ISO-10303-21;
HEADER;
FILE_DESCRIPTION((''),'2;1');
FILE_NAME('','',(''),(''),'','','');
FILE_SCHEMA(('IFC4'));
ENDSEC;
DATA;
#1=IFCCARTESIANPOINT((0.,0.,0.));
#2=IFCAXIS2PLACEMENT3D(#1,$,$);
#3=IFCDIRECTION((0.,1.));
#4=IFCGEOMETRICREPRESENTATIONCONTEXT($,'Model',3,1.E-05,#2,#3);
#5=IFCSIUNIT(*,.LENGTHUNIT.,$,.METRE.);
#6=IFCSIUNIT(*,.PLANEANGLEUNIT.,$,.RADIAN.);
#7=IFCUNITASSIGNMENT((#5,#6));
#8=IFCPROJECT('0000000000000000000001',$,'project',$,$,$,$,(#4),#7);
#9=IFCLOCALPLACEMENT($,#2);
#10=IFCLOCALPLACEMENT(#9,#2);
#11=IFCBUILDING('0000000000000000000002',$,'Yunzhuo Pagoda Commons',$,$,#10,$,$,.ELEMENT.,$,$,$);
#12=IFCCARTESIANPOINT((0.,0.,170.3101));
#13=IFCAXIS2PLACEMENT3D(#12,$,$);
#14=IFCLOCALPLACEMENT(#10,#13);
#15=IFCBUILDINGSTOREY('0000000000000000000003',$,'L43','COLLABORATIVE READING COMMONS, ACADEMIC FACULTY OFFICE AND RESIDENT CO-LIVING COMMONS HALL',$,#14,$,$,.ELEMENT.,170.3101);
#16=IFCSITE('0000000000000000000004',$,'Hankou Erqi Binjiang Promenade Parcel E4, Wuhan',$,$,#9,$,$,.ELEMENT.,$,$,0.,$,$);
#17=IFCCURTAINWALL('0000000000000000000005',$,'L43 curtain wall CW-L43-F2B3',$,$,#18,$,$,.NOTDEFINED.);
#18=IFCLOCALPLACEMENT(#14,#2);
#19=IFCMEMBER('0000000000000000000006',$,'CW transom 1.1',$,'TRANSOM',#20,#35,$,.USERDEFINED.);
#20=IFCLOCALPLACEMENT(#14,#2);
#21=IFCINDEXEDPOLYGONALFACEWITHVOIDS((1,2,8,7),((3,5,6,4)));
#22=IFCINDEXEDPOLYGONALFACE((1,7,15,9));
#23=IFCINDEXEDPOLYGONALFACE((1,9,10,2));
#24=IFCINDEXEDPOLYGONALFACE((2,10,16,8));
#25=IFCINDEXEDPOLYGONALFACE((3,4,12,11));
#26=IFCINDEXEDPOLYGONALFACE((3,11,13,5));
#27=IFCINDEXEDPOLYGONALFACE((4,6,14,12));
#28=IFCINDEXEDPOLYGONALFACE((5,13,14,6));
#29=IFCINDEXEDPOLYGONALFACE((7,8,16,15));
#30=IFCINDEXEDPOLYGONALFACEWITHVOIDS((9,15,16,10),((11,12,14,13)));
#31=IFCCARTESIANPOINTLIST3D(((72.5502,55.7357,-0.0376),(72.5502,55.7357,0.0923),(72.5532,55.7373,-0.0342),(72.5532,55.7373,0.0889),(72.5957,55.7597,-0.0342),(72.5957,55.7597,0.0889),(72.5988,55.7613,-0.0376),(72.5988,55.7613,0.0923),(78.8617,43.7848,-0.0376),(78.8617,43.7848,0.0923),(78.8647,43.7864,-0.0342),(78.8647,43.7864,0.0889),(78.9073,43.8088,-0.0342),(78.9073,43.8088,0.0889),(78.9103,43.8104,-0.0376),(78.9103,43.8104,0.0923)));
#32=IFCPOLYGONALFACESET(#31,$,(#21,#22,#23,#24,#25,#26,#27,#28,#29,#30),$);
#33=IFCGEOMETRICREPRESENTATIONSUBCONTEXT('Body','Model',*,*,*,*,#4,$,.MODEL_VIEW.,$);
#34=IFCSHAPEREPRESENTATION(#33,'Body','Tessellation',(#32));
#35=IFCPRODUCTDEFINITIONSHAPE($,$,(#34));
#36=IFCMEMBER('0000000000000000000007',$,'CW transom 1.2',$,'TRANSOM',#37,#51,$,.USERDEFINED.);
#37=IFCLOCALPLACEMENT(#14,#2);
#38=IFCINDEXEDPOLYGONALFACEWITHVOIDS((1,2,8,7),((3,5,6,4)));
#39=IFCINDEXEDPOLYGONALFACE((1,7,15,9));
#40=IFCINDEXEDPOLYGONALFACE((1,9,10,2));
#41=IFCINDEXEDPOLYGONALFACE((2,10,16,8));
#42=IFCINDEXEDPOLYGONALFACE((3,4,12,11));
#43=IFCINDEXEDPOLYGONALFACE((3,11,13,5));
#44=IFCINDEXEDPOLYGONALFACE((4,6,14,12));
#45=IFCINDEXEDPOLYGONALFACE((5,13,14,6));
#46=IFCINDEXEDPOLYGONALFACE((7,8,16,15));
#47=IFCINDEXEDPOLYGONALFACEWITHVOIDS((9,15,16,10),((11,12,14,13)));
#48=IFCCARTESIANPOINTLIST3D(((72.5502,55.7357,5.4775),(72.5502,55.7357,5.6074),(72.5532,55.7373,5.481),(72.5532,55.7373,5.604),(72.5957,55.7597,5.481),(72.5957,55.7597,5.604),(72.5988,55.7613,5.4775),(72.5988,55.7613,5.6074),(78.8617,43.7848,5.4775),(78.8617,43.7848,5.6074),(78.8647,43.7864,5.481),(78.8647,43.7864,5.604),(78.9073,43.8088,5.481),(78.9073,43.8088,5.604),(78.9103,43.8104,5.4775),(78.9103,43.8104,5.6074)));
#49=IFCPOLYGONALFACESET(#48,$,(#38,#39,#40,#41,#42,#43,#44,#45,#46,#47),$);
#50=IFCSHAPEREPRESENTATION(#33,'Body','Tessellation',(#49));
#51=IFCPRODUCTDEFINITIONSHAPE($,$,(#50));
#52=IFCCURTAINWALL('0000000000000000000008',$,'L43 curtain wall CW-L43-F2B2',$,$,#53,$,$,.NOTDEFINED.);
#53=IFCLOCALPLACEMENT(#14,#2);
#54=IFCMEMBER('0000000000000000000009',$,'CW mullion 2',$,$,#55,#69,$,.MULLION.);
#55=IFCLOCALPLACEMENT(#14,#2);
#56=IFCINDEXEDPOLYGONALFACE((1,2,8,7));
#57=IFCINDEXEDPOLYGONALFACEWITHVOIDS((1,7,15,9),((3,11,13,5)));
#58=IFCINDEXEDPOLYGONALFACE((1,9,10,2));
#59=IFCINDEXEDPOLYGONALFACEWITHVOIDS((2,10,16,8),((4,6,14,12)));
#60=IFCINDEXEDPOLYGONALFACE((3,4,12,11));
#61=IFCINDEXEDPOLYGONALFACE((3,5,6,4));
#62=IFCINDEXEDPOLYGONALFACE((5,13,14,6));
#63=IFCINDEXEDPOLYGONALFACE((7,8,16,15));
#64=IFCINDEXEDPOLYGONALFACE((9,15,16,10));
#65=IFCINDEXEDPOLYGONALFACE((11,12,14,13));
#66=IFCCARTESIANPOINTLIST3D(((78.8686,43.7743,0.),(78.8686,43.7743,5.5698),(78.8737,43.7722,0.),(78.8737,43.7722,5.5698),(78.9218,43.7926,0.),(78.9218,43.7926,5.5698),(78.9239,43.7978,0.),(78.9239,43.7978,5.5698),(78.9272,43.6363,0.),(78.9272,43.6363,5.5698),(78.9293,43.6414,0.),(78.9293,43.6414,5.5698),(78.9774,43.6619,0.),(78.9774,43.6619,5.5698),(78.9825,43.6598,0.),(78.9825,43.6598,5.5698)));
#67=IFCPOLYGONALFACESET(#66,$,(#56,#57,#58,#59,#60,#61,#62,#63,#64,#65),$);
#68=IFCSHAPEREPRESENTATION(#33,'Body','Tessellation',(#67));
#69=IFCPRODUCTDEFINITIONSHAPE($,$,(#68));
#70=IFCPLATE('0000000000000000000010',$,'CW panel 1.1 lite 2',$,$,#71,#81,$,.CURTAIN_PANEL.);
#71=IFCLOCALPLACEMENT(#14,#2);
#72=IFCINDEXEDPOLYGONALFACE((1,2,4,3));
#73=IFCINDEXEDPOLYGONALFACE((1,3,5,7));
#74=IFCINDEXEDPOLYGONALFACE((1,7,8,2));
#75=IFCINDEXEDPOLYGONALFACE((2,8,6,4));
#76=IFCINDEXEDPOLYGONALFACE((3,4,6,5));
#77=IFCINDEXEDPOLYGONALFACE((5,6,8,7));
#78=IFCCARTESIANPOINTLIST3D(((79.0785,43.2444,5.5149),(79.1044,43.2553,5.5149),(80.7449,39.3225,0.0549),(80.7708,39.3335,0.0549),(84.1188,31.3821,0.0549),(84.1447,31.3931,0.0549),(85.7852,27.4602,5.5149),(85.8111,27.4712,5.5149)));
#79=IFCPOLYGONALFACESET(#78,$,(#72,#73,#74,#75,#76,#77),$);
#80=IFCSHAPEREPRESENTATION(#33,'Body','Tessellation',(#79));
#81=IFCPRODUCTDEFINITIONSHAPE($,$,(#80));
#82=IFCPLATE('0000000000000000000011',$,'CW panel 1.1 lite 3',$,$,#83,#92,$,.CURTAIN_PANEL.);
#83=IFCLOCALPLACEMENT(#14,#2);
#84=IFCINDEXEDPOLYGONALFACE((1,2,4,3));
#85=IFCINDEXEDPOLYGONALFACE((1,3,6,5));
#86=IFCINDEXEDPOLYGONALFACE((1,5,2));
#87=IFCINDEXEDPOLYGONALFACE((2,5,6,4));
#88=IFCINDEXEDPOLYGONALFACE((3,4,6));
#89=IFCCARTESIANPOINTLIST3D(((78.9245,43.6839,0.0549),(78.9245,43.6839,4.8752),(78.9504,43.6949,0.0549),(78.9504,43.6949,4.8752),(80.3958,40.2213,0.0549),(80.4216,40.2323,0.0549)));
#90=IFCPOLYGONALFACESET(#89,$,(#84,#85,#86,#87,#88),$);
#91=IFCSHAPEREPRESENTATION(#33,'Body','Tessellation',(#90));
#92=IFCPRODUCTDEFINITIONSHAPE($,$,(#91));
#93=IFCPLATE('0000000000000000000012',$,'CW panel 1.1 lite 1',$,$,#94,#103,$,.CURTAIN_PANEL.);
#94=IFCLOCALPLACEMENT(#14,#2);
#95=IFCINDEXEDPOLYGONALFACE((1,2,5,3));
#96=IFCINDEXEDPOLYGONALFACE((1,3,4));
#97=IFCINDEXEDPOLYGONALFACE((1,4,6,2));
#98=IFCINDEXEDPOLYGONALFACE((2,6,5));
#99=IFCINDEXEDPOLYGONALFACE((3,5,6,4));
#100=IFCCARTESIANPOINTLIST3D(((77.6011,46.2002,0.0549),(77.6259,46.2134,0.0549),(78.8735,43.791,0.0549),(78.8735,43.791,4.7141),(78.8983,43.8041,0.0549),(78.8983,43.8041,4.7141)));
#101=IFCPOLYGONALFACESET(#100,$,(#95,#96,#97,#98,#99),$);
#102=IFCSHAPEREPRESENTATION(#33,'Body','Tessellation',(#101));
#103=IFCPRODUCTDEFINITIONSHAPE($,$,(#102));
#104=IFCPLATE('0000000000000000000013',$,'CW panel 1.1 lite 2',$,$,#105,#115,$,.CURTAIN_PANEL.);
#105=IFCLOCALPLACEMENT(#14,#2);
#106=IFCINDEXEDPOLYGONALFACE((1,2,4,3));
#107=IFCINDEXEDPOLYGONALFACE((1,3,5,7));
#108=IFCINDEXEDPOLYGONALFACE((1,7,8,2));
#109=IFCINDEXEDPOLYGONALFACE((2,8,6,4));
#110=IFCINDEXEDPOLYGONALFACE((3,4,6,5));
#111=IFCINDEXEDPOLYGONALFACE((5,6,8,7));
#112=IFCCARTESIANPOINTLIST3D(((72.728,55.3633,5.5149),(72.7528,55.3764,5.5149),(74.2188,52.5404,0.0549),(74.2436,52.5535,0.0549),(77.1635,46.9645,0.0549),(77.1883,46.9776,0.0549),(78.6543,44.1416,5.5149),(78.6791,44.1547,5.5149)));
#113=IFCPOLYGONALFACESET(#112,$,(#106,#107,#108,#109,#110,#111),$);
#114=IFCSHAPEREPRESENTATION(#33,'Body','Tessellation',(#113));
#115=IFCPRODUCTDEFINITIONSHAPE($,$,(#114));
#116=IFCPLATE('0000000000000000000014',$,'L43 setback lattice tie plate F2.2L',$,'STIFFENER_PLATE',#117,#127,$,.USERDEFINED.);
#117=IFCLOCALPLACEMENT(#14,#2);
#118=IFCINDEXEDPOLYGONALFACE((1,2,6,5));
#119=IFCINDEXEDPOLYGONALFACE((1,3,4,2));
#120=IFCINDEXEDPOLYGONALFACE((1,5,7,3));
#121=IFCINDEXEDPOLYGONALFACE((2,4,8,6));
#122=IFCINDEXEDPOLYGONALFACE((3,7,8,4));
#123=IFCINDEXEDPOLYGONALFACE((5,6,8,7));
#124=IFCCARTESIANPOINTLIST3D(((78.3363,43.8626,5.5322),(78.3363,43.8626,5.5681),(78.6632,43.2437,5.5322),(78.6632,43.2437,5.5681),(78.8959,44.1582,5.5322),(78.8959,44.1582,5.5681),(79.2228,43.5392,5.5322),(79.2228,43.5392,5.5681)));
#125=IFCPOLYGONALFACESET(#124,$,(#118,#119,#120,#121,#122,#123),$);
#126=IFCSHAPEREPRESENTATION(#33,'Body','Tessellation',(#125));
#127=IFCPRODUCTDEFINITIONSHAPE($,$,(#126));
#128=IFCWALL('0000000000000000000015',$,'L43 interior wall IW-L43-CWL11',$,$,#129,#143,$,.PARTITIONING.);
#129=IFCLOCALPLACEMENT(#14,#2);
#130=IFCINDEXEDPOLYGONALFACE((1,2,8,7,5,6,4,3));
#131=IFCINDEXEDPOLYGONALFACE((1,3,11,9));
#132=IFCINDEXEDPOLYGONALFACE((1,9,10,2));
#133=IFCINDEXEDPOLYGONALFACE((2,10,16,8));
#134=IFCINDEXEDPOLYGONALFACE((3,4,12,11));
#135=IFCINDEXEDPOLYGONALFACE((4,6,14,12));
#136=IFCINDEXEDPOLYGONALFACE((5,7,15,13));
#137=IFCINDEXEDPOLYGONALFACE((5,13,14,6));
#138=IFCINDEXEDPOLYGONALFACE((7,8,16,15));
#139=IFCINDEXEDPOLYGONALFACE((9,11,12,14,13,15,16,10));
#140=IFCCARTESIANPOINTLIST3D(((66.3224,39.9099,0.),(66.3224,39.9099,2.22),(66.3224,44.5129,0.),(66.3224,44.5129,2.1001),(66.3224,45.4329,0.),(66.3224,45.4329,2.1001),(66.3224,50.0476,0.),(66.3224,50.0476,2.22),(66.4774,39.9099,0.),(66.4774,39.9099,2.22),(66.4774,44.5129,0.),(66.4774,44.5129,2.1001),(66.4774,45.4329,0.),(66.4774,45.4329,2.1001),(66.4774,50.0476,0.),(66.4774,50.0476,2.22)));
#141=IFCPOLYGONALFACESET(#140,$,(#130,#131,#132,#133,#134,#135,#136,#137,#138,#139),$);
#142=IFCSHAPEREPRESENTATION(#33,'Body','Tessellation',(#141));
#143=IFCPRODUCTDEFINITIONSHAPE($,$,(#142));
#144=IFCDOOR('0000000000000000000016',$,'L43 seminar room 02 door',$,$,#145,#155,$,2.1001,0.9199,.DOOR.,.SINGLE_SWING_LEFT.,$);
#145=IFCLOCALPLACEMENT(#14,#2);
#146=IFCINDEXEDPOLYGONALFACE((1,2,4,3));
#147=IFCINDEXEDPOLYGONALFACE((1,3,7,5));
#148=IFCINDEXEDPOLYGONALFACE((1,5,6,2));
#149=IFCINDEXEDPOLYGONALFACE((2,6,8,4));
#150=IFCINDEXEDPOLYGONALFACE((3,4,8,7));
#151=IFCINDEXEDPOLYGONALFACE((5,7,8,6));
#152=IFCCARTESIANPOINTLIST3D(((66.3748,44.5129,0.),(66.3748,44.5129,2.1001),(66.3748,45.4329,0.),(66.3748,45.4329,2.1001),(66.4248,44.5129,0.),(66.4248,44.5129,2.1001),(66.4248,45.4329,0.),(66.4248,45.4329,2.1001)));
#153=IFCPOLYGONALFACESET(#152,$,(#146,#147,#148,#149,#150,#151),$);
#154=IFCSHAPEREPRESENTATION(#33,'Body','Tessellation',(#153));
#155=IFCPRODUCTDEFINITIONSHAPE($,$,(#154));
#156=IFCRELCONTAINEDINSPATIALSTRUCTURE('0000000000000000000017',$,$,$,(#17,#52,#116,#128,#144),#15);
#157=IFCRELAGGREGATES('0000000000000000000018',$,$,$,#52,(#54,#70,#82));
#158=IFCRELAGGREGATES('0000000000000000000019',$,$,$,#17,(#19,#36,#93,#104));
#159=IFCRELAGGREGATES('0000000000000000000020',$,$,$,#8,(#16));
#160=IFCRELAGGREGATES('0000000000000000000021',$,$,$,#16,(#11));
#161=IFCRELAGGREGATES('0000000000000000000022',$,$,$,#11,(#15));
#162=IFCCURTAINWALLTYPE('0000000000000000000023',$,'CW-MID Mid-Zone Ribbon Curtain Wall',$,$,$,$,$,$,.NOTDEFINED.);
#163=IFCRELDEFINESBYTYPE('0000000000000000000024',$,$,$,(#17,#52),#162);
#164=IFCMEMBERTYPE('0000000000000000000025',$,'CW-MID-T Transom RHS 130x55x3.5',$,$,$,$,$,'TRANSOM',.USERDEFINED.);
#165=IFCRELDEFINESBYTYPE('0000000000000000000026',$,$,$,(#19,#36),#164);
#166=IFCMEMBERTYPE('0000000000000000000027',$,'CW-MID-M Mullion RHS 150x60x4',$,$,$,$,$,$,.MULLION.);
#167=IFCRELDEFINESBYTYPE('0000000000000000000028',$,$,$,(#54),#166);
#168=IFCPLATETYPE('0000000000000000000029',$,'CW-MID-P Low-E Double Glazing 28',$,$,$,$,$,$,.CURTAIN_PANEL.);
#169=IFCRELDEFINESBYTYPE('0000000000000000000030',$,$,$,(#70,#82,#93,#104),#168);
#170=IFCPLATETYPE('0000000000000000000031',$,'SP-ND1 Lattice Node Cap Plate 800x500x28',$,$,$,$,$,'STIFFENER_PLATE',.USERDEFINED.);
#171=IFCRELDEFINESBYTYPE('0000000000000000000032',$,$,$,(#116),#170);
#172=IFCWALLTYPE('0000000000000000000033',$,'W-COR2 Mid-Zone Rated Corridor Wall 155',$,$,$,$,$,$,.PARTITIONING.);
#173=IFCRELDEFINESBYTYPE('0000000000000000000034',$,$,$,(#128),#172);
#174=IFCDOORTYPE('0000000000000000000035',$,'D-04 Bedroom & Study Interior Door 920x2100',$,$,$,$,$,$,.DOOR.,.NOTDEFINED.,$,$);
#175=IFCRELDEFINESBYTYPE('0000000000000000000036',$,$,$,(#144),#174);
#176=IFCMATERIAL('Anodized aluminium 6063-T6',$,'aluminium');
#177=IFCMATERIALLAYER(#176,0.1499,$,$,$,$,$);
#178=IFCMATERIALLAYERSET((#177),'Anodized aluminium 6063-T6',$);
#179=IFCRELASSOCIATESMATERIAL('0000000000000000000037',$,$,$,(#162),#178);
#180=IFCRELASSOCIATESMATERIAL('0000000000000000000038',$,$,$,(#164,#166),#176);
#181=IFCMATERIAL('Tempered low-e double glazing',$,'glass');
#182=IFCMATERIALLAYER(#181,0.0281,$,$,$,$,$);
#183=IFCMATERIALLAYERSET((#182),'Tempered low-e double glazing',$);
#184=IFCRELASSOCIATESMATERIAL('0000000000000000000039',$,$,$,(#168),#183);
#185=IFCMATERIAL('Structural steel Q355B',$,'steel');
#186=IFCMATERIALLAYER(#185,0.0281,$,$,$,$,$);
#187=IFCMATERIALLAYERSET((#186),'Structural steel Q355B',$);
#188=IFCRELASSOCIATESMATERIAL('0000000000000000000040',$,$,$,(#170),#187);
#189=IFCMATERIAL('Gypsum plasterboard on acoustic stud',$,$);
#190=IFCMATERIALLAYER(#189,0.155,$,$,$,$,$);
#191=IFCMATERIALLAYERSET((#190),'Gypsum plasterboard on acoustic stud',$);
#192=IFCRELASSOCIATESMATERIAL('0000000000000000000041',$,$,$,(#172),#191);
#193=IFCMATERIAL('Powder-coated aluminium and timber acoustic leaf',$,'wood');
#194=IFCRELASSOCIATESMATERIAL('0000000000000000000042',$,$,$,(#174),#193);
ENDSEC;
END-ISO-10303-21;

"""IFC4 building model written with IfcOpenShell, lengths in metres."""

from ifc_helpers import new_model, si_unit, direction, frame, frame_2d, origin, origin_with_axes, origin_2d, place, context, subcontext, project, spatial, polyline, rectangle, hollow_rectangle, outline, extrude, source, transform, mapped, material, layer, layer_set, material_profile, profile_set, type_object, element, fill, aggregate, save


model = new_model("IFC4")

# Units and contexts
model_context = context("Model", 3, precision=1e-05, world=origin(), true_north=direction((0.0, 1.0)))
body_context = subcontext(model_context, "Body", "Model", "MODEL_VIEW")
ifc_project = project(units=[si_unit("LENGTHUNIT", "METRE"), si_unit("PLANEANGLEUNIT", "RADIAN")], contexts=[model_context])

# Site, building, storey
site_placement = place(None, origin())
site = spatial("IfcSite", under=ifc_project, at=site_placement, Name="Hankou Erqi Binjiang Promenade Parcel E4, Wuhan", CompositionType="ELEMENT", RefElevation=0.0)
building_placement = place(site_placement, origin())
building = spatial("IfcBuilding", under=site, at=building_placement, Name="Yunzhuo Pagoda Commons", CompositionType="ELEMENT")
storey_placement = place(building_placement, frame((0.0, 0.0, 170.3101)))
storey = spatial("IfcBuildingStorey", under=building, at=storey_placement, Name="L43", Description="COLLABORATIVE READING COMMONS, ACADEMIC FACULTY OFFICE AND RESIDENT CO-LIVING COMMONS HALL", CompositionType="ELEMENT", Elevation=170.3101)

# Shared definitions
ifc_material_1 = material(Name="Structural steel Q355B", Category="steel")

# Curtain wall, members
ifc_material_2 = material(Name="Anodized aluminium 6063-T6", Category="aluminium")
ifc_layer_1 = layer(ifc_material_2, 0.1499)
ifc_layer_set_1 = layer_set([ifc_layer_1], Name="Anodized aluminium 6063-T6")
curtain_wall_type = type_object("IfcCurtainWallType", Name="CW-MID Mid-Zone Ribbon Curtain Wall", PredefinedType="NOTDEFINED", material=ifc_layer_set_1)
curtain_wall_1_placement = place(storey_placement, origin())
curtain_wall_1 = element("IfcCurtainWall", 1, at=curtain_wall_1_placement, inside=storey, type_object=curtain_wall_type, Name="L43 curtain wall CW-L43-F2B3", PredefinedType="NOTDEFINED")
ifc_material_profile_1 = material_profile(ifc_material_2, hollow_rectangle(XDim=0.0549, YDim=0.1299, WallThickness=0.0034, at=origin_2d()), Name="Anodized aluminium 6063-T6")
ifc_profile_set_1 = profile_set([ifc_material_profile_1], Name="Anodized aluminium 6063-T6")
member_type_1 = type_object("IfcMemberType", Name="CW-MID-T Transom RHS 130x55x3.5", ElementType="TRANSOM", PredefinedType="USERDEFINED", material=ifc_profile_set_1)
shared_shape_1 = source(origin(), body_context, "Body", "SweptSolid", [
    extrude(hollow_rectangle(XDim=0.0549, YDim=0.1299, WallThickness=0.0034, at=origin_2d()), origin(), (0.0, 0.0, 1.0), 13.5151),
])
member_1_placement = place(storey_placement, frame((78.886, 43.7976, 0.0273), z_axis=(-0.466995, 0.88426, 0.0), x_axis=(-0.88426, -0.466995, 0.0)))
member_1 = element("IfcMember", 2, at=member_1_placement, type_object=member_type_1, Name="CW transom 1.1", ObjectType="TRANSOM", PredefinedType="USERDEFINED", context=body_context, shape_type="MappedRepresentation", body=[
    mapped(shared_shape_1, transform((0.0, 0.0, 0.0), scale=1.0)),
])
member_2_placement = place(storey_placement, frame((78.886, 43.7976, 5.5425), z_axis=(-0.466995, 0.88426, 0.0), x_axis=(-0.88426, -0.466995, 0.0)))
member_2 = element("IfcMember", 3, at=member_2_placement, type_object=member_type_1, Name="CW transom 1.2", ObjectType="TRANSOM", PredefinedType="USERDEFINED", context=body_context, shape_type="MappedRepresentation", body=[
    mapped(shared_shape_1, transform((0.0, 0.0, 0.0), scale=1.0)),
])

# Curtain wall, member, plates
curtain_wall_2_placement = place(storey_placement, origin())
curtain_wall_2 = element("IfcCurtainWall", 4, at=curtain_wall_2_placement, inside=storey, type_object=curtain_wall_type, Name="L43 curtain wall CW-L43-F2B2", PredefinedType="NOTDEFINED")
ifc_material_profile_2 = material_profile(ifc_material_2, hollow_rectangle(XDim=0.0601, YDim=0.1499, WallThickness=0.0039, at=origin_2d()), Name="Anodized aluminium 6063-T6")
ifc_profile_set_2 = profile_set([ifc_material_profile_2], Name="Anodized aluminium 6063-T6")
member_type_2 = type_object("IfcMemberType", Name="CW-MID-M Mullion RHS 150x60x4", PredefinedType="MULLION", material=ifc_profile_set_2)
shared_shape_2 = source(origin(), body_context, "Body", "SweptSolid", [
    extrude(hollow_rectangle(XDim=0.0601, YDim=0.1499, WallThickness=0.0039, at=origin_2d()), origin(), (0.0, 0.0, 1.0), 5.5698),
])
member_3_placement = place(storey_placement, frame((78.9255, 43.717, 0.0), z_axis=(0.0, 0.0, 1.0), x_axis=(-0.920364, -0.391063, 0.0)))
member_3 = element("IfcMember", 5, at=member_3_placement, type_object=member_type_2, Name="CW mullion 2", PredefinedType="MULLION", context=body_context, shape_type="MappedRepresentation", body=[
    mapped(shared_shape_2, transform((0.0, 0.0, 0.0), scale=1.0)),
])
ifc_material_3 = material(Name="Tempered low-e double glazing", Category="glass")
ifc_layer_2 = layer(ifc_material_3, 0.0281)
ifc_layer_set_2 = layer_set([ifc_layer_2], Name="Tempered low-e double glazing")
plate_type_1 = type_object("IfcPlateType", Name="CW-MID-P Low-E Double Glazing 28", PredefinedType="CURTAIN_PANEL", material=ifc_layer_set_2)
plate_1_placement = place(storey_placement, frame((82.4319, 35.3523, 2.7849), z_axis=(0.920364, 0.391063, 0.0), x_axis=(-0.391063, 0.920364, 0.0)))
plate_1 = element("IfcPlate", 6, at=plate_1_placement, type_object=plate_type_1, Name="CW panel 1.1 lite 2", PredefinedType="CURTAIN_PANEL", context=body_context, shape_type="SweptSolid", body=[
    extrude(outline(polyline([(-8.575, 2.73), (-4.3137, -2.73), (4.3137, -2.73), (8.575, 2.73), (-8.575, 2.73)])), origin(), (0.0, 0.0, 1.0), 0.0281),
])
plate_2_placement = place(storey_placement, frame((79.6602, 41.9526, 2.4651), z_axis=(0.920364, 0.391063, 0.0), x_axis=(-0.391063, 0.920364, 0.0)))
plate_2 = element("IfcPlate", 7, at=plate_2_placement, type_object=plate_type_1, Name="CW panel 1.1 lite 3", PredefinedType="CURTAIN_PANEL", context=body_context, shape_type="SweptSolid", body=[
    extrude(outline(polyline([(-1.8811, -2.4102), (1.8811, -2.4102), (1.8811, 2.4102), (-1.8811, -2.4102)])), origin(), (0.0, 0.0, 1.0), 0.0281),
])
aggregate(curtain_wall_2, [member_3, plate_1, plate_2])

# Plates
plate_3_placement = place(storey_placement, frame((78.2373, 44.9956, 2.3845), z_axis=(0.884263, 0.46699, 0.0), x_axis=(-0.46699, 0.884263, 0.0)))
plate_3 = element("IfcPlate", 8, at=plate_3_placement, type_object=plate_type_1, Name="CW panel 1.1 lite 1", PredefinedType="CURTAIN_PANEL", context=body_context, shape_type="SweptSolid", body=[
    extrude(outline(polyline([(-1.3623, -2.3296), (1.3623, -2.3296), (-1.3623, 2.3296), (-1.3623, -2.3296)])), origin(), (0.0, 0.0, 1.0), 0.0281),
])
plate_4_placement = place(storey_placement, frame((75.6912, 49.7524, 2.7849), z_axis=(0.884263, 0.46699, 0.0), x_axis=(-0.46699, 0.884263, 0.0)))
plate_4 = element("IfcPlate", 9, at=plate_4_placement, type_object=plate_type_1, Name="CW panel 1.1 lite 2", PredefinedType="CURTAIN_PANEL", context=body_context, shape_type="SweptSolid", body=[
    extrude(outline(polyline([(-6.3452, 2.73), (-3.1528, -2.73), (3.1528, -2.73), (6.3452, 2.73), (-6.3452, 2.73)])), origin(), (0.0, 0.0, 1.0), 0.0281),
])
aggregate(curtain_wall_1, [member_1, member_2, plate_3, plate_4])
ifc_layer_3 = layer(ifc_material_1, 0.0281)
ifc_layer_set_3 = layer_set([ifc_layer_3], Name="Structural steel Q355B")
plate_type_2 = type_object("IfcPlateType", Name="SP-ND1 Lattice Node Cap Plate 800x500x28", ElementType="STIFFENER_PLATE", PredefinedType="USERDEFINED", material=ifc_layer_set_3)
shared_shape_3 = source(origin(), body_context, "Body", "SweptSolid", [
    extrude(rectangle(XDim=0.7, YDim=0.6328, at=origin_2d()), origin(), (0.0, 0.0, 1.0), 0.0359),
])
plate_5_placement = place(storey_placement, frame((78.7795, 43.7009, 5.5322), z_axis=(0.0, 0.0, 1.0), x_axis=(-0.466989, 0.884263, 0.0)))
element("IfcPlate", 10, at=plate_5_placement, inside=storey, type_object=plate_type_2, Name="L43 setback lattice tie plate F2.2L", ObjectType="STIFFENER_PLATE", PredefinedType="USERDEFINED", context=body_context, shape_type="MappedRepresentation", body=[
    mapped(shared_shape_3, transform((0.0, 0.0, 0.0), scale=1.0)),
])

# Wall, opening, door
ifc_material_4 = material(Name="Gypsum plasterboard on acoustic stud")
ifc_layer_4 = layer(ifc_material_4, 0.155)
ifc_layer_set_4 = layer_set([ifc_layer_4], Name="Gypsum plasterboard on acoustic stud")
wall_type_1 = type_object("IfcWallType", Name="W-COR2 Mid-Zone Rated Corridor Wall 155", PredefinedType="PARTITIONING", material=ifc_layer_set_4)
wall_1_placement = place(storey_placement, frame((66.3999, 50.0476, 0.0), z_axis=(0.0, 0.0, 1.0), x_axis=(0.0, -1.0, 0.0)))
wall_1 = element("IfcWall", 11, at=wall_1_placement, inside=storey, type_object=wall_type_1, Name="L43 interior wall IW-L43-CWL11", PredefinedType="PARTITIONING", context=body_context, shape_type="SweptSolid", body=[
    extrude(rectangle(XDim=10.1377, YDim=0.155, at=frame_2d((5.0688, 0.0))), origin(), (0.0, 0.0, 1.0), 2.22),
])
opening_1_placement = place(wall_1_placement, frame((4.6147, 0.0, 0.0)))
opening_1 = element("IfcOpeningElement", 12, at=opening_1_placement, cuts=wall_1, PredefinedType="OPENING", context=body_context, shape_type="SweptSolid", body=[
    extrude(rectangle(XDim=0.9199, YDim=2.1001, at=frame_2d((0.46, 1.05))), frame((0.0, 0.0874, 0.0), z_axis=(0.0, -1.0, 0.0), x_axis=(1.0, 0.0, 0.0)), (0.0, 0.0, 1.0), 0.175),
])
ifc_material_5 = material(Name="Powder-coated aluminium and timber acoustic leaf", Category="wood")
door_type = type_object("IfcDoorType", Name="D-04 Bedroom & Study Interior Door 920x2100", OperationType="NOTDEFINED", PredefinedType="DOOR", material=ifc_material_5)
shared_shape_4 = source(origin(), body_context, "Body", "SweptSolid", [
    extrude(rectangle(XDim=0.9199, YDim=2.1001, at=frame_2d((0.46, 1.05))), frame((0.0, 0.0249, 0.0), z_axis=(0.0, -1.0, 0.0), x_axis=(1.0, 0.0, 0.0)), (0.0, 0.0, 1.0), 0.05),
])
door_1_placement = place(opening_1_placement, origin_with_axes())
door_1 = element("IfcDoor", 13, at=door_1_placement, inside=storey, type_object=door_type, Name="L43 seminar room 02 door", OperationType="SINGLE_SWING_LEFT", OverallHeight=2.1001, OverallWidth=0.9199, PredefinedType="DOOR", context=body_context, shape_type="MappedRepresentation", body=[
    mapped(shared_shape_4, transform((0.0, 0.0, 0.0), scale=1.0)),
])
fill(opening_1, door_1)

save(model, "model.ifc")
